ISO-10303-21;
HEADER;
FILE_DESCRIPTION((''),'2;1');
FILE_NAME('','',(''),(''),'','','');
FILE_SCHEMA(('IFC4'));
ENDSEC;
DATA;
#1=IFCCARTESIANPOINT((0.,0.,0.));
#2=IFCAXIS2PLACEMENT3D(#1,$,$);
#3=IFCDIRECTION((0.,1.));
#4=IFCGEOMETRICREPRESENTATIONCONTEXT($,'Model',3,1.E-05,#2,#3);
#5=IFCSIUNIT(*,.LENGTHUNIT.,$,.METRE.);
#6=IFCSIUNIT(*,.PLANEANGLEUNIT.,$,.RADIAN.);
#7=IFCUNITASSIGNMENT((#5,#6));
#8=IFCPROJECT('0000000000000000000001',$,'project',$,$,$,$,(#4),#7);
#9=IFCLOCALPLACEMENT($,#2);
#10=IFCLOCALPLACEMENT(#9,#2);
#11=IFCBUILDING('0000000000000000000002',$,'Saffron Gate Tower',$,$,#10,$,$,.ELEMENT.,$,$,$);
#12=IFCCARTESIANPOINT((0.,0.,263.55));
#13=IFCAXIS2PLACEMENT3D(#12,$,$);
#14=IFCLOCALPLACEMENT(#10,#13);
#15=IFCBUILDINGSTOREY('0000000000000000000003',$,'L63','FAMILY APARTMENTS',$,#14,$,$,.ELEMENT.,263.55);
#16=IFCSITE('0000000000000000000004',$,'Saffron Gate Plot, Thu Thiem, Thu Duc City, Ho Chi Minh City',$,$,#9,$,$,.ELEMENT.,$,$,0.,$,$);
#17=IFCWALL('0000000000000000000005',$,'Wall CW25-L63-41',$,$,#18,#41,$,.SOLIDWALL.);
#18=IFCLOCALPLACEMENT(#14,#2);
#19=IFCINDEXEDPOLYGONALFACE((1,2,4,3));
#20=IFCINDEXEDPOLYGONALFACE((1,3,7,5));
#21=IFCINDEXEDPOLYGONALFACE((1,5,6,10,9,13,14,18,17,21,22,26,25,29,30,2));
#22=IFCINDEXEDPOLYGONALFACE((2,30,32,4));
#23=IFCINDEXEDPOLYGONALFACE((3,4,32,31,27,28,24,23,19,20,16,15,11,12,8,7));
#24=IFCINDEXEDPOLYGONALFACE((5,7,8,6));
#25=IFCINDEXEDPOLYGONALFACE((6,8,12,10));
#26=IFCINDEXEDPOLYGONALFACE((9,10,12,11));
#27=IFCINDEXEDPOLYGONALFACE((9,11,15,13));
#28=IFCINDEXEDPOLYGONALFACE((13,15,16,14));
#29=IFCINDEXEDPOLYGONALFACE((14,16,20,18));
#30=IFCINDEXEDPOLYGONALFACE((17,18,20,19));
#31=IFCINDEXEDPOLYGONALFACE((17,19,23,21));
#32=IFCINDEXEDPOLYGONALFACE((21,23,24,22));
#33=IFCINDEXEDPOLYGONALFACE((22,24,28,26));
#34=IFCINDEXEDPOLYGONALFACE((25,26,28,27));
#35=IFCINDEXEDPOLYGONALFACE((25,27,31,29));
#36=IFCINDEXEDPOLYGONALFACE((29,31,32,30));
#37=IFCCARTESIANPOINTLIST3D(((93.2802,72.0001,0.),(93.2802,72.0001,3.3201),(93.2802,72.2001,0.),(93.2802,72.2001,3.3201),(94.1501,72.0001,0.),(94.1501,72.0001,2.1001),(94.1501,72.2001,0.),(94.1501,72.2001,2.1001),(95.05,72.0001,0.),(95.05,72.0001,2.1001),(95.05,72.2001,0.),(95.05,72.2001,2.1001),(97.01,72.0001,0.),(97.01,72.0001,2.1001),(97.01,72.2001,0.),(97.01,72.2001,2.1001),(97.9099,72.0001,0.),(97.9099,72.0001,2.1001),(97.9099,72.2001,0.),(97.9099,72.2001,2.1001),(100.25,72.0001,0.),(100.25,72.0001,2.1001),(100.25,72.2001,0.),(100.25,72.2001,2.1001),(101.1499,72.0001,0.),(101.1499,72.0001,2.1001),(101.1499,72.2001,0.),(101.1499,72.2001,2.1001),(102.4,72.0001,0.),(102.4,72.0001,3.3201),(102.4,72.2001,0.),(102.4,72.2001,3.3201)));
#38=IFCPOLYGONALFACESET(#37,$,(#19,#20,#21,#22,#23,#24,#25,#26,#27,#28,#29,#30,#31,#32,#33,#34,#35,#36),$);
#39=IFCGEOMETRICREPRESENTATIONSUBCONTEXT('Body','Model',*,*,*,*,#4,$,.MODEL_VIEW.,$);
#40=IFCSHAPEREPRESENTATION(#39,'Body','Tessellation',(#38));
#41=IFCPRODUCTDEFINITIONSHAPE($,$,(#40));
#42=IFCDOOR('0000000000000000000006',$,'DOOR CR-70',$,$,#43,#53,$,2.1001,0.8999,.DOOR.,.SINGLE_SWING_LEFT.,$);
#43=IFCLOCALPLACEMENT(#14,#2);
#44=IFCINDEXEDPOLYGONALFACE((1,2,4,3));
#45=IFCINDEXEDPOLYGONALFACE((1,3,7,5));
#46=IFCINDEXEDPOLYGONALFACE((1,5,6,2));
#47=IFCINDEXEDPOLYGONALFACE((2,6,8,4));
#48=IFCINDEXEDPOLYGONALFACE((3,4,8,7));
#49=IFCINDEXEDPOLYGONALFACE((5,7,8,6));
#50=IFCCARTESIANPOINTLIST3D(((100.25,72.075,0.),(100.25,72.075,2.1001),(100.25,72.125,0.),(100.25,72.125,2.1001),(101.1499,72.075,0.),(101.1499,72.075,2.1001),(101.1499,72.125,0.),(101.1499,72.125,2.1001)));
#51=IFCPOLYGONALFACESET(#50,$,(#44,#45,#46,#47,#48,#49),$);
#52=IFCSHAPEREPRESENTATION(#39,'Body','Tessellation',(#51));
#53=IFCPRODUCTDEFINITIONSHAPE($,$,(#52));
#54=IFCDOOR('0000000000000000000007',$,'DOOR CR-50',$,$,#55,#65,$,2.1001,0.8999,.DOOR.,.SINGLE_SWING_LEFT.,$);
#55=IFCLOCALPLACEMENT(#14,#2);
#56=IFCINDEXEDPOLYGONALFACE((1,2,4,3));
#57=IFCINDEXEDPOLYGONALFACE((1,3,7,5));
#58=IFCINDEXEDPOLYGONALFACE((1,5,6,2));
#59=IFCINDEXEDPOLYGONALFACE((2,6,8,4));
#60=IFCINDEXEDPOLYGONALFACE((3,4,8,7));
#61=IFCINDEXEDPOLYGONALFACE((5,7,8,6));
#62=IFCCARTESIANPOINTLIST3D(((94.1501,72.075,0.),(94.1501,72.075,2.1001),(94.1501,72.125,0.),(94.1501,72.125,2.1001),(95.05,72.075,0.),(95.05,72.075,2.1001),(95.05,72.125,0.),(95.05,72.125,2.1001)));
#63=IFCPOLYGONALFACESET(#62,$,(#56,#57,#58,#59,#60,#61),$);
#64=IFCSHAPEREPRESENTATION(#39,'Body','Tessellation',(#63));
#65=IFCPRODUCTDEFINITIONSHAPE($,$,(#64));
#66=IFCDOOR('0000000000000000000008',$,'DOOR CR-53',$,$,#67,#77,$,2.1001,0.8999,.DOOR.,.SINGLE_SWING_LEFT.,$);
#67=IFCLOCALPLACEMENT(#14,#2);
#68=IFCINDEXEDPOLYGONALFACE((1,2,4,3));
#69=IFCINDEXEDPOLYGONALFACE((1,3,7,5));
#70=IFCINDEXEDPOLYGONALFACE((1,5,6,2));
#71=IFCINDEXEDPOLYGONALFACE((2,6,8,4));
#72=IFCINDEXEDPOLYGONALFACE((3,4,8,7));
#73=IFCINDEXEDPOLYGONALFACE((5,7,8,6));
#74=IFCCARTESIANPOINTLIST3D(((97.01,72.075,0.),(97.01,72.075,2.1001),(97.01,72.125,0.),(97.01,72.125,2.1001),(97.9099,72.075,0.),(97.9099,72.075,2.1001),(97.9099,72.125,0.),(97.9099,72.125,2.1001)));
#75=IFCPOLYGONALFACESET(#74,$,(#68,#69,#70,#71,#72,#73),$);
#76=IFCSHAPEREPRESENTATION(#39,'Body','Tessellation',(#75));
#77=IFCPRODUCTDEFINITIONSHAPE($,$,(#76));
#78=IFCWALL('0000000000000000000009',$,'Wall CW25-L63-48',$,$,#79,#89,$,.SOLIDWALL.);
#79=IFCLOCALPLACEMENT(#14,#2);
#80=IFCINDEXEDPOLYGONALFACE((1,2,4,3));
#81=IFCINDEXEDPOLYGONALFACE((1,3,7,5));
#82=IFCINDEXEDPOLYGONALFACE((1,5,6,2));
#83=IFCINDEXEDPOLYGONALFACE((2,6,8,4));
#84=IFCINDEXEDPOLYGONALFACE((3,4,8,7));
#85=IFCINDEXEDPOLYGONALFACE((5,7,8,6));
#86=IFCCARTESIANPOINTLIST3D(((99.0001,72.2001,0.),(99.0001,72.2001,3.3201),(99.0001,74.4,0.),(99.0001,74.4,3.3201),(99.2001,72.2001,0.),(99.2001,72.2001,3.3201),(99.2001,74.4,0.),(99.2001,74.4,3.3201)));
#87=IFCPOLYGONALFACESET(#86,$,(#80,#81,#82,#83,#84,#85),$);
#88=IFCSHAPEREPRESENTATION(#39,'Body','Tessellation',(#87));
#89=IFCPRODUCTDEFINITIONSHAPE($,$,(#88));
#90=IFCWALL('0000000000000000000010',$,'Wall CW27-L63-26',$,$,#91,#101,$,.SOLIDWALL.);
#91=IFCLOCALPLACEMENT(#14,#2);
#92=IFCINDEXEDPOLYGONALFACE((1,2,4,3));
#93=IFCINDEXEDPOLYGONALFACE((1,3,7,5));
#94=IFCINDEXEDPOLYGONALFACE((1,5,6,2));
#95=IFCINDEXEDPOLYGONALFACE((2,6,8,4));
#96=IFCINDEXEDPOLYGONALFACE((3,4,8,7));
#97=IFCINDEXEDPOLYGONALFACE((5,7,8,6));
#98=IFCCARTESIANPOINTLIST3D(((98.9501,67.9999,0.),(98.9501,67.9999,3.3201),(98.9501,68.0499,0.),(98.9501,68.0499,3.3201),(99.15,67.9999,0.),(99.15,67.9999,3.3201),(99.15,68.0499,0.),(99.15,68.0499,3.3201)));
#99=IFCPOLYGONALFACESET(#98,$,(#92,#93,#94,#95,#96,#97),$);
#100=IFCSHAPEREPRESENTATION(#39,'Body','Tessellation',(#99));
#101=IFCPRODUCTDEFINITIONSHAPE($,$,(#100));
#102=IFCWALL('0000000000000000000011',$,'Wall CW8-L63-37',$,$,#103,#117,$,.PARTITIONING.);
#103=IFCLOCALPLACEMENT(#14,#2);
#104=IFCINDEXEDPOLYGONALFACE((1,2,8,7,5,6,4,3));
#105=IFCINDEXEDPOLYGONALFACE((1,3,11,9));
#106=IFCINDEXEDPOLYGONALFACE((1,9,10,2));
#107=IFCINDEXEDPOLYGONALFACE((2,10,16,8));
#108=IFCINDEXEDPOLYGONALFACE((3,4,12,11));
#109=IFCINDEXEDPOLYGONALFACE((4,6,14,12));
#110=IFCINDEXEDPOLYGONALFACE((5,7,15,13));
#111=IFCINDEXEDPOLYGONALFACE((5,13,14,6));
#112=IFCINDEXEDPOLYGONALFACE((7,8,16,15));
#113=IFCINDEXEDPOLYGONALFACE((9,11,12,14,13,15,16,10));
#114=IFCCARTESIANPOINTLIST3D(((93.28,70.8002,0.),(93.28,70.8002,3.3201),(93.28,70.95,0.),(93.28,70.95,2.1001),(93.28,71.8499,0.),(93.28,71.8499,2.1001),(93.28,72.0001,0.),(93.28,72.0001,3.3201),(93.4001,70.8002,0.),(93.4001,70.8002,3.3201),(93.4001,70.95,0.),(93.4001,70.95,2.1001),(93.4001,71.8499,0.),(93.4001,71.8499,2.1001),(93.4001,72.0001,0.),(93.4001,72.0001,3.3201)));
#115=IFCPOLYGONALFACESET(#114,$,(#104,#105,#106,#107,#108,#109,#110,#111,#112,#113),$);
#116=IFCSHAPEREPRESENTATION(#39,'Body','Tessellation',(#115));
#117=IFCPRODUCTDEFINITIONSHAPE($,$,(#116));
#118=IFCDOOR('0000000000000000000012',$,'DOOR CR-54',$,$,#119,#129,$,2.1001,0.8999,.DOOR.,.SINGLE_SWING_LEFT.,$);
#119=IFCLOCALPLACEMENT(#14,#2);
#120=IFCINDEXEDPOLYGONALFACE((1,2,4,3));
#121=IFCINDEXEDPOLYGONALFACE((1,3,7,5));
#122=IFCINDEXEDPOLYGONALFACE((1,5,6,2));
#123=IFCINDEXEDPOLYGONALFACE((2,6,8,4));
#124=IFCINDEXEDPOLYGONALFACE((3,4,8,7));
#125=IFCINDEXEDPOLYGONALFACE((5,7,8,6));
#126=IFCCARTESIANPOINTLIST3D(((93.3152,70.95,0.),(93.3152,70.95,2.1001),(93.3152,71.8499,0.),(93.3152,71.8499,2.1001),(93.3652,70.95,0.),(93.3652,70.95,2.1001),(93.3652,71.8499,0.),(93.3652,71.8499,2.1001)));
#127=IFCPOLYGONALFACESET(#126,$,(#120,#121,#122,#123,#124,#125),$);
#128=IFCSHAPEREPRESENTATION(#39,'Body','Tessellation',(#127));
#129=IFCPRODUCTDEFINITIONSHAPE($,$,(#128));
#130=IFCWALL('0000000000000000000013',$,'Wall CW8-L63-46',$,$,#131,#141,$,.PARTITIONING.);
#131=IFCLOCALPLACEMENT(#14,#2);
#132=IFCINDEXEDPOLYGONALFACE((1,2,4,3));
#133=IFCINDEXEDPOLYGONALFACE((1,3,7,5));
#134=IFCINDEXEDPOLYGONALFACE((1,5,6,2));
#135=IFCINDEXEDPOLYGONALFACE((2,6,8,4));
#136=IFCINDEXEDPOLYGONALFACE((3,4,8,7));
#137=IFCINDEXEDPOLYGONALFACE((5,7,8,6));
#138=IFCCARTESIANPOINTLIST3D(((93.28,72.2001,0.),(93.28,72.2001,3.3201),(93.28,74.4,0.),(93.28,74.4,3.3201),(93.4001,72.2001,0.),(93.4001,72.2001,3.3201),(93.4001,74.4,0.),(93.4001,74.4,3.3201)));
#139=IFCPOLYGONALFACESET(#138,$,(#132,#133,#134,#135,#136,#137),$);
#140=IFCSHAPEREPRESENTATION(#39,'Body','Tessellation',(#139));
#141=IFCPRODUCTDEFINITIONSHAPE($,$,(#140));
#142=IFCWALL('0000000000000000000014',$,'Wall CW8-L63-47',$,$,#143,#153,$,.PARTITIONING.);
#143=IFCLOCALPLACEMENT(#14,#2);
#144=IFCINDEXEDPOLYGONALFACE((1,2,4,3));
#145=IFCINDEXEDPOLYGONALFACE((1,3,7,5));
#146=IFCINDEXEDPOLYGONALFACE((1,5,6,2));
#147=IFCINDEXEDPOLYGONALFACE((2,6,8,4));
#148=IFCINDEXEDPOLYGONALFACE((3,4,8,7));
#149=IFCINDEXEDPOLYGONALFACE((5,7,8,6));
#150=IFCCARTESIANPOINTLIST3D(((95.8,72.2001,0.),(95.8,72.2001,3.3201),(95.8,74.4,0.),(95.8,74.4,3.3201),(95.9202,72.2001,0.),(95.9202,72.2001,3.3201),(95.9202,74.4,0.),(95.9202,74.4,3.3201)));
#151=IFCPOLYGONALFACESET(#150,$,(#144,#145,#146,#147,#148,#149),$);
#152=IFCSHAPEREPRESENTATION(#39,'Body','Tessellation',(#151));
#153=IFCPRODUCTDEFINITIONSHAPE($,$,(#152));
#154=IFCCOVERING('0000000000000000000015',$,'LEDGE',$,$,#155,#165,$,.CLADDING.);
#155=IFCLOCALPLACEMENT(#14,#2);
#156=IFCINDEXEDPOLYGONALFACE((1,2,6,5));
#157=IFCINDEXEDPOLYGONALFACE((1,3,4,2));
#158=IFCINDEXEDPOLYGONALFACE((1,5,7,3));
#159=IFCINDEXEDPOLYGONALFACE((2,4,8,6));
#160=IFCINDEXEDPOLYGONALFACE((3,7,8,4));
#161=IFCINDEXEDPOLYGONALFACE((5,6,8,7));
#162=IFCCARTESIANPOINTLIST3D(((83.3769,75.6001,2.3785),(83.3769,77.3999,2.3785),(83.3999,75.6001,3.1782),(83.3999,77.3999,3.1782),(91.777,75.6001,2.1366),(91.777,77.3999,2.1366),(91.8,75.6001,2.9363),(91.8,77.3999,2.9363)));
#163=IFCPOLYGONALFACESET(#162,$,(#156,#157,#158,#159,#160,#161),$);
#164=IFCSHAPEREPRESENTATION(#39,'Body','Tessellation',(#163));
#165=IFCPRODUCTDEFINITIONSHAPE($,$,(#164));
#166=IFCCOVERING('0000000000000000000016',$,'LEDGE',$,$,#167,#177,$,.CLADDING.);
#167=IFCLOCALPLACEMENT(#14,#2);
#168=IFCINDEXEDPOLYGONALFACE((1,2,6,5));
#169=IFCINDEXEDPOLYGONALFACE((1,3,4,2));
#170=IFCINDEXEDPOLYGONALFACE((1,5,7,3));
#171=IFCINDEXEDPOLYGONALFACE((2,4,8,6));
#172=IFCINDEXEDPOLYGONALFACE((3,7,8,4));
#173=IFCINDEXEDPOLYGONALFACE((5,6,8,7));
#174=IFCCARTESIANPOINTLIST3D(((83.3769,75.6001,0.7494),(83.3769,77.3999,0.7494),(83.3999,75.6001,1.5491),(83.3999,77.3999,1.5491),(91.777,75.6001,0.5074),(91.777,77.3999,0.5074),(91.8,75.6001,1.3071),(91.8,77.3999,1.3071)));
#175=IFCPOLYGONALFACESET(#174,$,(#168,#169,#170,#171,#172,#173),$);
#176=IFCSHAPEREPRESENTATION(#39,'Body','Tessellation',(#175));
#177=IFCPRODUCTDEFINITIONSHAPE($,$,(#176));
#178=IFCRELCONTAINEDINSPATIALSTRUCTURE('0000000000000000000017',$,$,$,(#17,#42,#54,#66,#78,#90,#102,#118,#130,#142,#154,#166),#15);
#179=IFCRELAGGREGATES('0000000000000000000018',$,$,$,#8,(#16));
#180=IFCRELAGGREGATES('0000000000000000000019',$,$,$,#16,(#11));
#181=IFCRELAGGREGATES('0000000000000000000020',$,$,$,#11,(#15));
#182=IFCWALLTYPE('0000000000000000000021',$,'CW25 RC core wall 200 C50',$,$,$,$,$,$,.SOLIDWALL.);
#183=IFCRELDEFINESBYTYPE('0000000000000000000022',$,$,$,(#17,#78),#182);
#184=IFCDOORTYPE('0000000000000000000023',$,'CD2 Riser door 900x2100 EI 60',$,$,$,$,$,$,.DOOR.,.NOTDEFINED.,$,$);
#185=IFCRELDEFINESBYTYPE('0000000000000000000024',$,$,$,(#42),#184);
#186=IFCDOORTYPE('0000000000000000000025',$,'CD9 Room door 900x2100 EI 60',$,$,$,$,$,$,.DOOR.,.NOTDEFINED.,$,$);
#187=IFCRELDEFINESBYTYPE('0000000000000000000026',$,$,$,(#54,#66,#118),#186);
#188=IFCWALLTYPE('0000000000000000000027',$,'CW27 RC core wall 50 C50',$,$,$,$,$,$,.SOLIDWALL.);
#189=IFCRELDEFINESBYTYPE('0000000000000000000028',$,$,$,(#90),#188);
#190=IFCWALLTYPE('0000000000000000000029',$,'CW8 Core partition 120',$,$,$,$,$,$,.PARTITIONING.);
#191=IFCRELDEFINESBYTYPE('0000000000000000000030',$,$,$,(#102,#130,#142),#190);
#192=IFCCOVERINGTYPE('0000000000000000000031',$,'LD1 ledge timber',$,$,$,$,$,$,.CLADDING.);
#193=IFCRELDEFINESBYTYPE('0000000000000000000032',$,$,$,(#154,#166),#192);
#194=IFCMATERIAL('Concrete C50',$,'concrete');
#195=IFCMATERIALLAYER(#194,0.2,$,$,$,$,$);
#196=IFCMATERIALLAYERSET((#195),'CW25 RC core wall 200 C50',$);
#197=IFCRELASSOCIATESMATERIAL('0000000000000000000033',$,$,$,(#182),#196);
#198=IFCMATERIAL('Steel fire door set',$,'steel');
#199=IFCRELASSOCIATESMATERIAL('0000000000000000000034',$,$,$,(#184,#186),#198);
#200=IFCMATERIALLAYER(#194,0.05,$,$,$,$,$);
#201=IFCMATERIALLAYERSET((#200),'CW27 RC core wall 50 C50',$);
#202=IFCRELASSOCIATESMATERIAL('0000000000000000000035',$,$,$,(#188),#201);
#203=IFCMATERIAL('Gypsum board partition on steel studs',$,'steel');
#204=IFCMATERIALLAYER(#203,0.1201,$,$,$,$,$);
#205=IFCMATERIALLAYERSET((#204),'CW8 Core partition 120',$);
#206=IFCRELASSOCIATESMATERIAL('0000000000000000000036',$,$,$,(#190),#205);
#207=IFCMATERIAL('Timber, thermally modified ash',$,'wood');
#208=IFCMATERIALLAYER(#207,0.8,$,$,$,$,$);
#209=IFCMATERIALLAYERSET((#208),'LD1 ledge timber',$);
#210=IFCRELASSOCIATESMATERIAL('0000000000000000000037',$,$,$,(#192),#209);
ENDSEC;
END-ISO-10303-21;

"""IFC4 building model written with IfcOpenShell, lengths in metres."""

from ifc_helpers import new_model, si_unit, direction, frame, frame_2d, origin, place, context, subcontext, project, spatial, polyline, rectangle, outline, extrude, material, layer, layer_set, type_object, element, fill, save


model = new_model("IFC4")

# Units and contexts
model_context = context("Model", 3, precision=1e-05, world=origin(), true_north=direction((0.0, 1.0)))
body_context = subcontext(model_context, "Body", "Model", "MODEL_VIEW")
ifc_project = project(units=[si_unit("LENGTHUNIT", "METRE"), si_unit("PLANEANGLEUNIT", "RADIAN")], contexts=[model_context])

# Site, building, storey
site_placement = place(None, origin())
site = spatial("IfcSite", under=ifc_project, at=site_placement, Name="Saffron Gate Plot, Thu Thiem, Thu Duc City, Ho Chi Minh City", CompositionType="ELEMENT", RefElevation=0.0)
building_placement = place(site_placement, origin())
building = spatial("IfcBuilding", under=site, at=building_placement, Name="Saffron Gate Tower", CompositionType="ELEMENT")
storey_placement = place(building_placement, frame((0.0, 0.0, 263.55)))
storey = spatial("IfcBuildingStorey", under=building, at=storey_placement, Name="L63", Description="FAMILY APARTMENTS", CompositionType="ELEMENT", Elevation=263.55)

# Shared definitions
ifc_material_1 = material(Name="Concrete C50", Category="concrete")
ifc_material_2 = material(Name="Steel fire door set", Category="steel")

# Shared definitions
ifc_layer_1 = layer(ifc_material_1, 0.2)
ifc_layer_set_1 = layer_set([ifc_layer_1], Name="CW25 RC core wall 200 C50")
wall_type_1 = type_object("IfcWallType", Name="CW25 RC core wall 200 C50", PredefinedType="SOLIDWALL", material=ifc_layer_set_1)

# Wall, openings, doors
wall_1_placement = place(storey_placement, frame((93.28, 72.1001, 0.0), z_axis=(0.0, 0.0, 1.0), x_axis=(1.0, 0.0, 0.0)))
wall_1 = element("IfcWall", 1, at=wall_1_placement, inside=storey, type_object=wall_type_1, Name="Wall CW25-L63-41", PredefinedType="SOLIDWALL", context=body_context, shape_type="SweptSolid", body=[
    extrude(rectangle(XDim=9.1199, YDim=0.2, at=frame_2d((4.5601, 0.0))), origin(), (0.0, 0.0, 1.0), 3.3201),
])
opening_1_placement = place(wall_1_placement, frame((0.8701, 0.0, 0.0)))
opening_1 = element("IfcOpeningElement", 2, at=opening_1_placement, cuts=wall_1, PredefinedType="OPENING", context=body_context, shape_type="SweptSolid", body=[
    extrude(rectangle(XDim=0.8999, YDim=2.1001, at=frame_2d((0.45, 1.05))), frame((0.0, 0.1099, 0.0), z_axis=(0.0, -1.0, 0.0), x_axis=(1.0, 0.0, 0.0)), (0.0, 0.0, 1.0), 0.22),
])
opening_2_placement = place(wall_1_placement, frame((3.73, 0.0, 0.0)))
opening_2 = element("IfcOpeningElement", 3, at=opening_2_placement, cuts=wall_1, PredefinedType="OPENING", context=body_context, shape_type="SweptSolid", body=[
    extrude(rectangle(XDim=0.8999, YDim=2.1001, at=frame_2d((0.45, 1.05))), frame((0.0, 0.1099, 0.0), z_axis=(0.0, -1.0, 0.0), x_axis=(1.0, 0.0, 0.0)), (0.0, 0.0, 1.0), 0.22),
])
opening_3_placement = place(wall_1_placement, frame((6.97, 0.0, 0.0)))
opening_3 = element("IfcOpeningElement", 4, at=opening_3_placement, cuts=wall_1, PredefinedType="OPENING", context=body_context, shape_type="SweptSolid", body=[
    extrude(rectangle(XDim=0.8999, YDim=2.1001, at=frame_2d((0.45, 1.05))), frame((0.0, 0.1099, 0.0), z_axis=(0.0, -1.0, 0.0), x_axis=(1.0, 0.0, 0.0)), (0.0, 0.0, 1.0), 0.22),
])
door_type_1 = type_object("IfcDoorType", Name="CD2 Riser door 900x2100 EI 60", OperationType="NOTDEFINED", PredefinedType="DOOR", material=ifc_material_2)
door_1_placement = place(opening_3_placement, origin())
door_1 = element("IfcDoor", 5, at=door_1_placement, inside=storey, type_object=door_type_1, Name="DOOR CR-70", OperationType="SINGLE_SWING_LEFT", OverallHeight=2.1001, OverallWidth=0.8999, PredefinedType="DOOR", context=body_context, shape_type="SweptSolid", body=[
    extrude(rectangle(XDim=0.8999, YDim=2.1001, at=frame_2d((0.45, 1.05))), frame((0.0, 0.0249, 0.0), z_axis=(0.0, -1.0, 0.0), x_axis=(1.0, 0.0, 0.0)), (0.0, 0.0, 1.0), 0.05),
])
fill(opening_3, door_1)
door_type_2 = type_object("IfcDoorType", Name="CD9 Room door 900x2100 EI 60", OperationType="NOTDEFINED", PredefinedType="DOOR", material=ifc_material_2)
door_2_placement = place(opening_1_placement, origin())
door_2 = element("IfcDoor", 6, at=door_2_placement, inside=storey, type_object=door_type_2, Name="DOOR CR-50", OperationType="SINGLE_SWING_LEFT", OverallHeight=2.1001, OverallWidth=0.8999, PredefinedType="DOOR", context=body_context, shape_type="SweptSolid", body=[
    extrude(rectangle(XDim=0.8999, YDim=2.1001, at=frame_2d((0.45, 1.05))), frame((0.0, 0.0249, 0.0), z_axis=(0.0, -1.0, 0.0), x_axis=(1.0, 0.0, 0.0)), (0.0, 0.0, 1.0), 0.05),
])
fill(opening_1, door_2)
door_3_placement = place(opening_2_placement, origin())
door_3 = element("IfcDoor", 7, at=door_3_placement, inside=storey, type_object=door_type_2, Name="DOOR CR-53", OperationType="SINGLE_SWING_LEFT", OverallHeight=2.1001, OverallWidth=0.8999, PredefinedType="DOOR", context=body_context, shape_type="SweptSolid", body=[
    extrude(rectangle(XDim=0.8999, YDim=2.1001, at=frame_2d((0.45, 1.05))), frame((0.0, 0.0249, 0.0), z_axis=(0.0, -1.0, 0.0), x_axis=(1.0, 0.0, 0.0)), (0.0, 0.0, 1.0), 0.05),
])
fill(opening_2, door_3)

# Walls
wall_2_placement = place(storey_placement, frame((99.1001, 72.2, 0.0), z_axis=(0.0, 0.0, 1.0), x_axis=(0.0, 1.0, 0.0)))
element("IfcWall", 8, at=wall_2_placement, inside=storey, type_object=wall_type_1, Name="Wall CW25-L63-48", PredefinedType="SOLIDWALL", context=body_context, shape_type="SweptSolid", body=[
    extrude(rectangle(XDim=2.2, YDim=0.2, at=frame_2d((1.1001, 0.0))), origin(), (0.0, 0.0, 1.0), 3.3201),
])
ifc_layer_2 = layer(ifc_material_1, 0.05)
ifc_layer_set_2 = layer_set([ifc_layer_2], Name="CW27 RC core wall 50 C50")
wall_type_2 = type_object("IfcWallType", Name="CW27 RC core wall 50 C50", PredefinedType="SOLIDWALL", material=ifc_layer_set_2)
wall_3_placement = place(storey_placement, frame((98.95, 68.0249, 0.0), z_axis=(0.0, 0.0, 1.0), x_axis=(1.0, 0.0, 0.0)))
element("IfcWall", 9, at=wall_3_placement, inside=storey, type_object=wall_type_2, Name="Wall CW27-L63-26", PredefinedType="SOLIDWALL", context=body_context, shape_type="SweptSolid", body=[
    extrude(rectangle(XDim=0.2, YDim=0.05, at=frame_2d((0.1001, 0.0))), origin(), (0.0, 0.0, 1.0), 3.3201),
])

# Wall, opening, door
ifc_material_3 = material(Name="Gypsum board partition on steel studs", Category="steel")
ifc_layer_3 = layer(ifc_material_3, 0.1201)
ifc_layer_set_3 = layer_set([ifc_layer_3], Name="CW8 Core partition 120")
wall_type_3 = type_object("IfcWallType", Name="CW8 Core partition 120", PredefinedType="PARTITIONING", material=ifc_layer_set_3)
wall_4_placement = place(storey_placement, frame((93.3401, 70.8, 0.0), z_axis=(0.0, 0.0, 1.0), x_axis=(0.0, 1.0, 0.0)))
wall_4 = element("IfcWall", 10, at=wall_4_placement, inside=storey, type_object=wall_type_3, Name="Wall CW8-L63-37", PredefinedType="PARTITIONING", context=body_context, shape_type="SweptSolid", body=[
    extrude(rectangle(XDim=1.2, YDim=0.1201, at=frame_2d((0.6001, 0.0))), origin(), (0.0, 0.0, 1.0), 3.3201),
])
opening_4_placement = place(wall_4_placement, frame((0.1499, 0.0, 0.0)))
opening_4 = element("IfcOpeningElement", 11, at=opening_4_placement, cuts=wall_4, PredefinedType="OPENING", context=body_context, shape_type="SweptSolid", body=[
    extrude(rectangle(XDim=0.8999, YDim=2.1001, at=frame_2d((0.45, 1.05))), frame((0.0, 0.0701, 0.0), z_axis=(0.0, -1.0, 0.0), x_axis=(1.0, 0.0, 0.0)), (0.0, 0.0, 1.0), 0.1401),
])
door_4_placement = place(opening_4_placement, origin())
door_4 = element("IfcDoor", 12, at=door_4_placement, inside=storey, type_object=door_type_2, Name="DOOR CR-54", OperationType="SINGLE_SWING_LEFT", OverallHeight=2.1001, OverallWidth=0.8999, PredefinedType="DOOR", context=body_context, shape_type="SweptSolid", body=[
    extrude(rectangle(XDim=0.8999, YDim=2.1001, at=frame_2d((0.45, 1.05))), frame((0.0, 0.0249, 0.0), z_axis=(0.0, -1.0, 0.0), x_axis=(1.0, 0.0, 0.0)), (0.0, 0.0, 1.0), 0.05),
])
fill(opening_4, door_4)

# Walls
for number, where, z_axis, x_axis, name in (
    (13, (93.3401, 72.2, 0.0), (0.0, 0.0, 1.0), (0.0, 1.0, 0.0), "Wall CW8-L63-46"),
    (14, (95.8601, 72.2, 0.0), (0.0, 0.0, 1.0), (0.0, 1.0, 0.0), "Wall CW8-L63-47"),
):
    element("IfcWall", number, at=place(storey_placement, frame(where, z_axis=z_axis, x_axis=x_axis)), inside=storey, type_object=wall_type_3, Name=name, PredefinedType="PARTITIONING", context=body_context, shape_type="SweptSolid", body=[
        extrude(rectangle(XDim=2.2, YDim=0.1201, at=frame_2d((1.1001, 0.0))), origin(), (0.0, 0.0, 1.0), 3.3201),
    ])

# Coverings
ifc_material_4 = material(Name="Timber, thermally modified ash", Category="wood")
ifc_layer_4 = layer(ifc_material_4, 0.8)
ifc_layer_set_4 = layer_set([ifc_layer_4], Name="LD1 ledge timber")
covering_type_1 = type_object("IfcCoveringType", Name="LD1 ledge timber", PredefinedType="CLADDING", material=ifc_layer_set_4)
for number, where, z_axis, x_axis, name in (
    (15, (91.8, 75.6001, 2.9363), (0.02879, 0.0, 0.999585), (-0.999585, 0.0, 0.02879), "LEDGE"),
    (16, (91.8, 75.6001, 1.3071), (0.02879, 0.0, 0.999585), (-0.999585, 0.0, 0.02879), "LEDGE"),
):
    element("IfcCovering", number, at=place(storey_placement, frame(where, z_axis=z_axis, x_axis=x_axis)), inside=storey, type_object=covering_type_1, Name=name, PredefinedType="CLADDING", context=body_context, shape_type="SweptSolid", body=[
        extrude(outline(polyline([(0.0, 0.0), (8.4036, 0.0), (8.4036, -1.7998), (0.0, -1.7998), (0.0, 0.0)])), origin(), (0.0, 0.0, -1.0), 0.8),
    ])

save(model, "model.ifc")
